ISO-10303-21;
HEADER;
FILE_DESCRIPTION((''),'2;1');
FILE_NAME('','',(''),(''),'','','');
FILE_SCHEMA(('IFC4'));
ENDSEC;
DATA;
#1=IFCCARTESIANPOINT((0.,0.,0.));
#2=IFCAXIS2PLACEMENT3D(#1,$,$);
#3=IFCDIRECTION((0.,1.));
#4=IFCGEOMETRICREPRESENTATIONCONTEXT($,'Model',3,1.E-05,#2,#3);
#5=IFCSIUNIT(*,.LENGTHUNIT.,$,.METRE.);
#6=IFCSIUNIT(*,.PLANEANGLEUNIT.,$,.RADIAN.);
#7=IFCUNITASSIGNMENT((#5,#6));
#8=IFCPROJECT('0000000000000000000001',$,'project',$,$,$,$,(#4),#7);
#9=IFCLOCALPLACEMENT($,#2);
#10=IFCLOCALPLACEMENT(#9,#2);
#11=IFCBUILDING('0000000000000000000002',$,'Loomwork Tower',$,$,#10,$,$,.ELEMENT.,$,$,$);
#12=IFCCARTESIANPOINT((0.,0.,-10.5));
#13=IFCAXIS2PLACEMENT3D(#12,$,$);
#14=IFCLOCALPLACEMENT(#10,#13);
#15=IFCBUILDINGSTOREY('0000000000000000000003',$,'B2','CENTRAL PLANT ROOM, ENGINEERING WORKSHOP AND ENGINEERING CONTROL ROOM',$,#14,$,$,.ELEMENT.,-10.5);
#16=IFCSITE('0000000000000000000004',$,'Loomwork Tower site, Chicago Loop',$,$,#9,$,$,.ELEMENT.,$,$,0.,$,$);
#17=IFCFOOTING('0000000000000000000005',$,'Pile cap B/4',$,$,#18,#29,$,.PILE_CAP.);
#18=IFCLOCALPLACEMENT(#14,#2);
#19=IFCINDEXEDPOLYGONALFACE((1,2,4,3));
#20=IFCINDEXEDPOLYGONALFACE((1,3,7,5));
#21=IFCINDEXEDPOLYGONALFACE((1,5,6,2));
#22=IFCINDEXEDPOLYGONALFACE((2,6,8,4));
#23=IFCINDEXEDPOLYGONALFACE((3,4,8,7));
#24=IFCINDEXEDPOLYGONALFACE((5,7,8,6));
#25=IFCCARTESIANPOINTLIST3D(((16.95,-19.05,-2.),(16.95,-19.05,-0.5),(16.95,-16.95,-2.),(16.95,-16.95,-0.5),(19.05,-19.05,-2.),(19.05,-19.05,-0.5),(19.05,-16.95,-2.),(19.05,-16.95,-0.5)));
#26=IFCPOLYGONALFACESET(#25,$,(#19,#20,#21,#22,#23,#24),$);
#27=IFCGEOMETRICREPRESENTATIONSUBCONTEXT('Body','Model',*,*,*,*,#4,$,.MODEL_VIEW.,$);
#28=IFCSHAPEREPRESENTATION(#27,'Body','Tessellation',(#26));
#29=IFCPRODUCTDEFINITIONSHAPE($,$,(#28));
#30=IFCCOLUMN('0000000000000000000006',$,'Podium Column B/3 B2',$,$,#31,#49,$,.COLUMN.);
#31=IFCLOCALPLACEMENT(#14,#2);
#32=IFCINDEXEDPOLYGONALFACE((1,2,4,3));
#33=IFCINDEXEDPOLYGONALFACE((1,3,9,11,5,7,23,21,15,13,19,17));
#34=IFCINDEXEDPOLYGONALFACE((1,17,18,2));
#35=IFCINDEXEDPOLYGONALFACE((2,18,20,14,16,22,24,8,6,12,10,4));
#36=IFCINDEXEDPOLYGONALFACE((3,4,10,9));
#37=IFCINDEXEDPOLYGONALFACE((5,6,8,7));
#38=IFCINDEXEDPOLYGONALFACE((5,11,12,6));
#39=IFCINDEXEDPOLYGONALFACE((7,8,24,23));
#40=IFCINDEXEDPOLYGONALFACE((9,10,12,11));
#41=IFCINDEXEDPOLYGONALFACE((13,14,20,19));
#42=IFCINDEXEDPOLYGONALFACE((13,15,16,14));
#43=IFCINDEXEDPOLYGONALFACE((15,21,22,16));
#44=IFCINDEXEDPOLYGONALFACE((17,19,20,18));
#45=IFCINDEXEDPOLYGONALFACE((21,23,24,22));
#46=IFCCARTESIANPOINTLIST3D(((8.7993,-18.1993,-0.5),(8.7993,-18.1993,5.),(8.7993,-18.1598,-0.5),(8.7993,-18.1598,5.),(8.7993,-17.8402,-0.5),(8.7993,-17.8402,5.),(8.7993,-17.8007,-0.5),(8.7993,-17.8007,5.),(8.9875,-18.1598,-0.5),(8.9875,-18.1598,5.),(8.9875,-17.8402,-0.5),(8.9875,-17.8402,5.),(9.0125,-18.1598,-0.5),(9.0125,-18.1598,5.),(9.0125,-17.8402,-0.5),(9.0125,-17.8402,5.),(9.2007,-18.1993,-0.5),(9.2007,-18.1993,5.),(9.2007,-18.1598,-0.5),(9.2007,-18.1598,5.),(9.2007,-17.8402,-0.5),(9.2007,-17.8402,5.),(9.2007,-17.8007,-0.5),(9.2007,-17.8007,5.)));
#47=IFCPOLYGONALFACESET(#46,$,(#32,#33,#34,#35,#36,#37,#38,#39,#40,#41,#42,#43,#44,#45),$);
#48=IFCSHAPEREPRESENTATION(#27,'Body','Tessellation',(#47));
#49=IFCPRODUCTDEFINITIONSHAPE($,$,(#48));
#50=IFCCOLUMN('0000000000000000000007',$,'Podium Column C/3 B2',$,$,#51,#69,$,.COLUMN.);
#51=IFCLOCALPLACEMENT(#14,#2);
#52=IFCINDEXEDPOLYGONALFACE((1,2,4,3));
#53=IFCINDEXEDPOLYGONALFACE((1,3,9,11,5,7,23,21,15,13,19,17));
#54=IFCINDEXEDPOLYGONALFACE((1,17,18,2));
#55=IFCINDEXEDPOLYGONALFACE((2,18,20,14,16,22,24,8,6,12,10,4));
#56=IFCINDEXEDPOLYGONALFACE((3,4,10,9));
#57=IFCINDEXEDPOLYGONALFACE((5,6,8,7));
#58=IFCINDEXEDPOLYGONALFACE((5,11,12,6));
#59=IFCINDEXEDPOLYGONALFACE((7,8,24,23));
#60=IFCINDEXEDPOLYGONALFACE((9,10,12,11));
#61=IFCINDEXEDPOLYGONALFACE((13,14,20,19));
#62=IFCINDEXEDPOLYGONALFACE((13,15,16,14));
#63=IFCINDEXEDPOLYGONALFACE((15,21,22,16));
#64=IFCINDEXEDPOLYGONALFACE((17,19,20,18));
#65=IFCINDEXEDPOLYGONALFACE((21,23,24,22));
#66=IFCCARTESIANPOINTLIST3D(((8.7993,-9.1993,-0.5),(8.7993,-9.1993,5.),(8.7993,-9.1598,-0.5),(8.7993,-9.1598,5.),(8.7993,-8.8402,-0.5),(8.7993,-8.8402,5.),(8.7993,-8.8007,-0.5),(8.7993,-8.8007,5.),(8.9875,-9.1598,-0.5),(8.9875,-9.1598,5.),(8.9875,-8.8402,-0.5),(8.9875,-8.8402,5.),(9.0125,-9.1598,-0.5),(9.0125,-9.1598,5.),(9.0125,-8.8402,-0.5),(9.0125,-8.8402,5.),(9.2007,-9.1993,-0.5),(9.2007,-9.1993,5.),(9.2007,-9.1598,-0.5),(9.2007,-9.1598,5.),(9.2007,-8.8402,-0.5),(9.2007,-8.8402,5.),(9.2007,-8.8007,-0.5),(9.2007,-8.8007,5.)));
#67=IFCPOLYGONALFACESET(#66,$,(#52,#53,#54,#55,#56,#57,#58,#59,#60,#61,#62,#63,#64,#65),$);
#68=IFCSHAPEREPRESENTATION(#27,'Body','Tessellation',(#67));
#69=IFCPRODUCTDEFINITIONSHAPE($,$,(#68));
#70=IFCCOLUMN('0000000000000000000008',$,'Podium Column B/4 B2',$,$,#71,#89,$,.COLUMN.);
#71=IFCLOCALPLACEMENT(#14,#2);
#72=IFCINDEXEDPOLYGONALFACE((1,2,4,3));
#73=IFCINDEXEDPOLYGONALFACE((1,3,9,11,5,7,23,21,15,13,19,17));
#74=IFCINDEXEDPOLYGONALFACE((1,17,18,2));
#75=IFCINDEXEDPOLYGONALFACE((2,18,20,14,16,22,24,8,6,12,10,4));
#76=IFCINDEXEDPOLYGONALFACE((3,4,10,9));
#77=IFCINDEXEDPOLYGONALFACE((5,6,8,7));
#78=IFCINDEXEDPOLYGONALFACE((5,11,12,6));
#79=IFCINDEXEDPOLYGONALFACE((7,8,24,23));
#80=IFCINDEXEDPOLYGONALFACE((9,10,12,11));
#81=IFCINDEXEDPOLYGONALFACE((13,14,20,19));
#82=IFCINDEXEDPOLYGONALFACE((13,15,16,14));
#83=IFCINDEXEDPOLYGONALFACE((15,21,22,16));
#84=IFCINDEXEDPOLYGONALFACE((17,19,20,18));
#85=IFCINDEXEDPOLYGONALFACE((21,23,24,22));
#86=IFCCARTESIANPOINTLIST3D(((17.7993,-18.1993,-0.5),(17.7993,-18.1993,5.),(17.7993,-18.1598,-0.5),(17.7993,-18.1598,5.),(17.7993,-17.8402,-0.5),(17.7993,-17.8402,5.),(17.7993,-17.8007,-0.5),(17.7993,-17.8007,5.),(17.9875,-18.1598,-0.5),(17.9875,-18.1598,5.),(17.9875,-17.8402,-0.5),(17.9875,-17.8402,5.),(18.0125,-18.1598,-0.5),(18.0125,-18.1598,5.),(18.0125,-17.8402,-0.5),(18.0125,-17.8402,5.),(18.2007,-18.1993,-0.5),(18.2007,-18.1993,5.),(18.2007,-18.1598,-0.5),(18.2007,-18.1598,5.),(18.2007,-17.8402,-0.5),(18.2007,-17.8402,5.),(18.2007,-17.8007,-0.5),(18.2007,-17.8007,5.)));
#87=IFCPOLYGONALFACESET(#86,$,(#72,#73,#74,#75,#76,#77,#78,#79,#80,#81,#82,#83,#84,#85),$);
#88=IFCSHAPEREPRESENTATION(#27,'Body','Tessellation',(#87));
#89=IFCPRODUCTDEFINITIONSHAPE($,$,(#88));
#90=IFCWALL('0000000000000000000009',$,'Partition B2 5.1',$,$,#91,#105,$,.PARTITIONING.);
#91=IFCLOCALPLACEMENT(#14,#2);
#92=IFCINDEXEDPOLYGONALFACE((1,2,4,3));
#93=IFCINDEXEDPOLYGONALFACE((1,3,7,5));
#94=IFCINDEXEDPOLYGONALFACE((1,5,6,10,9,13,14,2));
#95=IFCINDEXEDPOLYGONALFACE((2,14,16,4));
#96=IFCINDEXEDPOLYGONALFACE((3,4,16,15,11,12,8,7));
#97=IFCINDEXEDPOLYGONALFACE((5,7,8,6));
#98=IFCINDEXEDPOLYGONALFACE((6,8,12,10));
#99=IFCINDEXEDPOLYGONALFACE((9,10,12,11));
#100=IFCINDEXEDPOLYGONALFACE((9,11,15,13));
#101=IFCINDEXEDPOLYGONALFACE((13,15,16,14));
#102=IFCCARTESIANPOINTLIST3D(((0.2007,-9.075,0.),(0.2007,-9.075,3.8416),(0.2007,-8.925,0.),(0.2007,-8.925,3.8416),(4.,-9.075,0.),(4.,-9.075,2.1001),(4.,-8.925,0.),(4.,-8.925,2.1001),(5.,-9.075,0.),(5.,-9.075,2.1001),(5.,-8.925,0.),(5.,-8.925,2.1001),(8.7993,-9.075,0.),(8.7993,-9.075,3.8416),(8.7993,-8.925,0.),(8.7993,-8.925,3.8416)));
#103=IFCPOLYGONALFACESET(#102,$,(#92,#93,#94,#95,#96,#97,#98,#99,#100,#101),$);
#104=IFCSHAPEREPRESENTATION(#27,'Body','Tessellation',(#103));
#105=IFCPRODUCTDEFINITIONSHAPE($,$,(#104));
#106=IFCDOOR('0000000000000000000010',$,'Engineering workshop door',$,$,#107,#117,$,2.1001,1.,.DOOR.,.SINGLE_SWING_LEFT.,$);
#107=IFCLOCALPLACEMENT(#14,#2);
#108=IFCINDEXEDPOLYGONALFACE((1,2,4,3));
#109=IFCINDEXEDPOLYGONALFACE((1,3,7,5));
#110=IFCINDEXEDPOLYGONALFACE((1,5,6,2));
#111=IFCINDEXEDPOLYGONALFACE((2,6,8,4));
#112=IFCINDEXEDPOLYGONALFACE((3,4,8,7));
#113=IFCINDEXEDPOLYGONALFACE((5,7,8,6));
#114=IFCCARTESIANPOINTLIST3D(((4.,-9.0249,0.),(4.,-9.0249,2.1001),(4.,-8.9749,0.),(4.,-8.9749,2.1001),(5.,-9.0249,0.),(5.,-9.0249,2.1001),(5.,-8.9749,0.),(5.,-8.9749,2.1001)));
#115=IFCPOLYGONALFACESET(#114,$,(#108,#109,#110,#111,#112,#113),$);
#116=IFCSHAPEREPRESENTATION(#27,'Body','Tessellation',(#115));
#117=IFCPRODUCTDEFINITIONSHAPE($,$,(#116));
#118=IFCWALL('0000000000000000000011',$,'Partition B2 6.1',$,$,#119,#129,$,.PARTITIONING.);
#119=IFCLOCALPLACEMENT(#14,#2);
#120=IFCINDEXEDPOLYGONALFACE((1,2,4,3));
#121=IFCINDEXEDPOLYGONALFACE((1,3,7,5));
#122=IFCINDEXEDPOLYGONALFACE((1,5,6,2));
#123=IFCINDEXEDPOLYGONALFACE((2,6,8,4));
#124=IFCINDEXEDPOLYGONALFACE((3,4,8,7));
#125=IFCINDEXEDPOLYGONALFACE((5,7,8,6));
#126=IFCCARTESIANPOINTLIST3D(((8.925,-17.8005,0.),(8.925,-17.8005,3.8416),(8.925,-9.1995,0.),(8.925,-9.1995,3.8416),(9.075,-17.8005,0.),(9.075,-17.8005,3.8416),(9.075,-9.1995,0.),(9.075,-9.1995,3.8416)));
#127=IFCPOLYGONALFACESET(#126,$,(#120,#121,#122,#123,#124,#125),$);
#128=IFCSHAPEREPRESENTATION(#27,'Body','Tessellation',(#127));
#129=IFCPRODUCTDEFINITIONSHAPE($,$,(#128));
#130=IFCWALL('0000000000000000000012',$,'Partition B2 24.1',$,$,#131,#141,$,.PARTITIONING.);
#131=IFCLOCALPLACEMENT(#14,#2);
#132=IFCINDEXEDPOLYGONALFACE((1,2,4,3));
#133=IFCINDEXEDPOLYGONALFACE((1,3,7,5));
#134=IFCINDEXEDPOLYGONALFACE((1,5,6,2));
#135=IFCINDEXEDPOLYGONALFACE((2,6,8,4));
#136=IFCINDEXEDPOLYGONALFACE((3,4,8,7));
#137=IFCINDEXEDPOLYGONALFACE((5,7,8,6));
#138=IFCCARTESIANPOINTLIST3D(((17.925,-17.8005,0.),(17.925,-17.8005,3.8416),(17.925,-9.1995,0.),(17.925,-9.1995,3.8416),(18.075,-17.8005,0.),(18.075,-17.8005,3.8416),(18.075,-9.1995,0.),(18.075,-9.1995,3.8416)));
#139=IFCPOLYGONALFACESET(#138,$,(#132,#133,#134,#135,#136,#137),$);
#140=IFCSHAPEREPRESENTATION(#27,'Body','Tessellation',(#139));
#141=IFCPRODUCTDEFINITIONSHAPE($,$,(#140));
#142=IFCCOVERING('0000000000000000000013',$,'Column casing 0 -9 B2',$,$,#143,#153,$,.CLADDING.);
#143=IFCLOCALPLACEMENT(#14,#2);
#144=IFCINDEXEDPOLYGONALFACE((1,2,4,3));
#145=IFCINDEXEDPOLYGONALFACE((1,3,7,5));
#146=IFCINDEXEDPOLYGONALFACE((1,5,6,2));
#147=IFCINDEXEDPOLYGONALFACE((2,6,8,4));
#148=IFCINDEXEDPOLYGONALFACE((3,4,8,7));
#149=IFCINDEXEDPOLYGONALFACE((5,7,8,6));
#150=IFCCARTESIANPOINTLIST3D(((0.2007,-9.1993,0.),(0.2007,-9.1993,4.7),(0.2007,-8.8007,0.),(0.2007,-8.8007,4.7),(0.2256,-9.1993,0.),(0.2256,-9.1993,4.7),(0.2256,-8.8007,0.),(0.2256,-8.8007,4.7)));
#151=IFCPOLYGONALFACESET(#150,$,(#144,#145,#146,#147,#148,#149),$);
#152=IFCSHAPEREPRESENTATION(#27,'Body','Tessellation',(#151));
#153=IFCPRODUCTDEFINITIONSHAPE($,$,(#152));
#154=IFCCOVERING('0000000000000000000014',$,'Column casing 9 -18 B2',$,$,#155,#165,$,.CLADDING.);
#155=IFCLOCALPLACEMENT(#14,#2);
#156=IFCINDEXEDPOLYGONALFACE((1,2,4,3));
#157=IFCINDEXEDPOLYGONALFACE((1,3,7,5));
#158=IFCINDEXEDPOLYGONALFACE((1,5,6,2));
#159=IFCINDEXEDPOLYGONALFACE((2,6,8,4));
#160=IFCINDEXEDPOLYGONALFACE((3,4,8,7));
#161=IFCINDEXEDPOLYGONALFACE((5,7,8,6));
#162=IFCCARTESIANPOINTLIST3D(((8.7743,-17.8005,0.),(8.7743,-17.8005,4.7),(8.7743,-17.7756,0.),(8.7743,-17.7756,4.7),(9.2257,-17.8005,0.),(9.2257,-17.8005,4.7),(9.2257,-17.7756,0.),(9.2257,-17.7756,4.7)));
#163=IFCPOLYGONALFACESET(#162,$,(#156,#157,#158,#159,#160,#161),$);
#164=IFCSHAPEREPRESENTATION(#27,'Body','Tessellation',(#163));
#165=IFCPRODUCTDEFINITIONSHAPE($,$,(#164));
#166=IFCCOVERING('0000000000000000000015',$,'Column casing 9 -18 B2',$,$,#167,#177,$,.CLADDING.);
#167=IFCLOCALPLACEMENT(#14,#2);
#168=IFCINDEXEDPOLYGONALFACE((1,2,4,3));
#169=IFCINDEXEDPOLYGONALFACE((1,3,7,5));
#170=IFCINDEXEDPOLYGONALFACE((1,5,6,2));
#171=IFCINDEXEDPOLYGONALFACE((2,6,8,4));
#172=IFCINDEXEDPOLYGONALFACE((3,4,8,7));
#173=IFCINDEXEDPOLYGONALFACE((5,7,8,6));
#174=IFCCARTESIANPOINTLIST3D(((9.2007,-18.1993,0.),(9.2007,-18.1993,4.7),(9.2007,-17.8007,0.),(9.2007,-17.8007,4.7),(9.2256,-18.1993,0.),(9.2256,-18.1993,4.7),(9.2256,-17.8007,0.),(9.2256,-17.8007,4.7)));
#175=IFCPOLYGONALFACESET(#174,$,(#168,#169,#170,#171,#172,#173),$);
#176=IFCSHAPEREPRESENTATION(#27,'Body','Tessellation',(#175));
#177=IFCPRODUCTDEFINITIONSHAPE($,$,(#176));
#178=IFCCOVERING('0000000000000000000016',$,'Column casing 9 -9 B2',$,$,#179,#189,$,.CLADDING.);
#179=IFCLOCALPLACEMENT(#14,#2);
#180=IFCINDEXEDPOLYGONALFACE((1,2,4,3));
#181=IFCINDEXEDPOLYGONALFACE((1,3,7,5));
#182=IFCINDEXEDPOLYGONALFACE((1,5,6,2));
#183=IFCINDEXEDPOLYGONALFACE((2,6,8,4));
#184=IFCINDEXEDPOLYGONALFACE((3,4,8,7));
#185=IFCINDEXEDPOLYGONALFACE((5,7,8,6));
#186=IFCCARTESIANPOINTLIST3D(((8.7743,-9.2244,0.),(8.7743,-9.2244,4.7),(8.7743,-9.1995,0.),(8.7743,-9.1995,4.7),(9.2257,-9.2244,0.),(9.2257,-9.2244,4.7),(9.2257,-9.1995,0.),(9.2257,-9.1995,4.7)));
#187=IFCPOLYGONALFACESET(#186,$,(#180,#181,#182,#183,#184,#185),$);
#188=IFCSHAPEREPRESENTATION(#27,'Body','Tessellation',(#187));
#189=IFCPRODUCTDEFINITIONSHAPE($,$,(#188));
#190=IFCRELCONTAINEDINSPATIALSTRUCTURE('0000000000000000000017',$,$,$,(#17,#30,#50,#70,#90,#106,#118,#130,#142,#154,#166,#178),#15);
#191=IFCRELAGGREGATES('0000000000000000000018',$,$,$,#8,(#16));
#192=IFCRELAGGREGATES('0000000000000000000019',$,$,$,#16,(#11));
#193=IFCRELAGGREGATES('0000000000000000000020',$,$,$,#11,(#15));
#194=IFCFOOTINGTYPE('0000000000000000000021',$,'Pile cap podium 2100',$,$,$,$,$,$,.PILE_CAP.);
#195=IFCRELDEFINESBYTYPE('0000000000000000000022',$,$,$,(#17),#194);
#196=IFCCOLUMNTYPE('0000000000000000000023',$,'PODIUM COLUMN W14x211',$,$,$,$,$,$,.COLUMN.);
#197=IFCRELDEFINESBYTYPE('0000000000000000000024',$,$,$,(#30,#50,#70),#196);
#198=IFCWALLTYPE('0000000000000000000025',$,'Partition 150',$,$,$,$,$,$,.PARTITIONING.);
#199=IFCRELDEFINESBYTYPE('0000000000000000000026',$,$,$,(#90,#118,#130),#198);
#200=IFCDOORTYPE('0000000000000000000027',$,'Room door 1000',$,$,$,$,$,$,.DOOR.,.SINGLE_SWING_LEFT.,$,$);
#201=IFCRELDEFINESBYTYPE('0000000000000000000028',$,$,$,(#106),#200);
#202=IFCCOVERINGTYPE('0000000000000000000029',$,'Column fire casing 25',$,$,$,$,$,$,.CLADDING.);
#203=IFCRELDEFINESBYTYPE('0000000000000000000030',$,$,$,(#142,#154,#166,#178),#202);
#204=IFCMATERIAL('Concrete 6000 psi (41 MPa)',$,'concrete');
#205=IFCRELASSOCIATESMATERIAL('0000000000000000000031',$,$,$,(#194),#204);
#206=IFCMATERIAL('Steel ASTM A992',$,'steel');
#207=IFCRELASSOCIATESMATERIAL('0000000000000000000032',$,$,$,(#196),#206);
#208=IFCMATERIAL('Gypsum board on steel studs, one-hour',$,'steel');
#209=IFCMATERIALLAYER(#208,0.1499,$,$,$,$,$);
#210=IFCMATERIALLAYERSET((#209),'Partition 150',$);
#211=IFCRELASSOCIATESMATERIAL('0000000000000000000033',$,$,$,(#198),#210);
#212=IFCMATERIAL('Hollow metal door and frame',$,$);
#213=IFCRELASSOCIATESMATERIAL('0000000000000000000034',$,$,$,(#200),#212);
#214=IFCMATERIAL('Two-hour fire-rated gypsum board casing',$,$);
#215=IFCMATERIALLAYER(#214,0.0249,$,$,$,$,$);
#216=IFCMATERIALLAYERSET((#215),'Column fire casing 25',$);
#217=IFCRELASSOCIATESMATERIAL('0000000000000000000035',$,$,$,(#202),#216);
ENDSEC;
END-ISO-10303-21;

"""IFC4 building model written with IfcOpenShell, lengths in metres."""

from ifc_helpers import new_model, si_unit, direction, frame, frame_2d, origin, origin_2d, place, context, subcontext, project, spatial, rectangle, i_section, extrude, material, layer, layer_set, material_profile, profile_set, type_object, element, fill, save


model = new_model("IFC4")

# Units and contexts
model_context = context("Model", 3, precision=1e-05, world=origin(), true_north=direction((0.0, 1.0)))
body_context = subcontext(model_context, "Body", "Model", "MODEL_VIEW")
ifc_project = project(units=[si_unit("LENGTHUNIT", "METRE"), si_unit("PLANEANGLEUNIT", "RADIAN")], contexts=[model_context])

# Site, building, storey
site_placement = place(None, origin())
site = spatial("IfcSite", under=ifc_project, at=site_placement, Name="Loomwork Tower site, Chicago Loop", CompositionType="ELEMENT", RefElevation=0.0)
building_placement = place(site_placement, origin())
building = spatial("IfcBuilding", under=site, at=building_placement, Name="Loomwork Tower", CompositionType="ELEMENT")
storey_placement = place(building_placement, frame((0.0, 0.0, -10.5)))
storey = spatial("IfcBuildingStorey", under=building, at=storey_placement, Name="B2", Description="CENTRAL PLANT ROOM, ENGINEERING WORKSHOP AND ENGINEERING CONTROL ROOM", CompositionType="ELEMENT", Elevation=-10.5)

# Footing
ifc_material_1 = material(Name="Concrete 6000 psi (41 MPa)", Category="concrete")
footing_type = type_object("IfcFootingType", Name="Pile cap podium 2100", PredefinedType="PILE_CAP", material=ifc_material_1)
for number, where, z_axis, x_axis, name in (
    (1, (18.0, -18.0, -2.0), (0.0, 0.0, 1.0), (1.0, 0.0, 0.0), "Pile cap B/4"),
):
    element("IfcFooting", number, at=place(storey_placement, frame(where, z_axis=z_axis, x_axis=x_axis)), inside=storey, type_object=footing_type, Name=name, PredefinedType="PILE_CAP", context=body_context, shape_type="SweptSolid", body=[
        extrude(rectangle(XDim=2.1001, YDim=2.1001, at=origin_2d()), origin(), (0.0, 0.0, 1.0), 1.5),
    ])

# Columns
ifc_material_2 = material(Name="Steel ASTM A992", Category="steel")
ifc_material_profile_1 = material_profile(ifc_material_2, i_section(OverallWidth=0.4014, OverallDepth=0.3987, WebThickness=0.0249, FlangeThickness=0.0396, at=origin_2d()), Name="W14x211")
ifc_profile_set_1 = profile_set([ifc_material_profile_1], Name="Steel ASTM A992")
column_type = type_object("IfcColumnType", Name="PODIUM COLUMN W14x211", PredefinedType="COLUMN", material=ifc_profile_set_1)
for number, where, z_axis, x_axis, name in (
    (2, (9.0, -18.0, -0.5), (0.0, 0.0, 1.0), (1.0, 0.0, 0.0), "Podium Column B/3 B2"),
    (3, (9.0, -9.0, -0.5), (0.0, 0.0, 1.0), (1.0, 0.0, 0.0), "Podium Column C/3 B2"),
    (4, (18.0, -18.0, -0.5), (0.0, 0.0, 1.0), (1.0, 0.0, 0.0), "Podium Column B/4 B2"),
):
    element("IfcColumn", number, at=place(storey_placement, frame(where, z_axis=z_axis, x_axis=x_axis)), inside=storey, type_object=column_type, Name=name, PredefinedType="COLUMN", context=body_context, shape_type="SweptSolid", body=[
        extrude(i_section(OverallWidth=0.4014, OverallDepth=0.3987, WebThickness=0.0249, FlangeThickness=0.0396, at=origin_2d()), origin(), (0.0, 0.0, 1.0), 5.5),
    ])

# Wall, opening, door
ifc_material_3 = material(Name="Gypsum board on steel studs, one-hour", Category="steel")
ifc_layer_1 = layer(ifc_material_3, 0.1499)
ifc_layer_set_1 = layer_set([ifc_layer_1], Name="Partition 150")
wall_type = type_object("IfcWallType", Name="Partition 150", PredefinedType="PARTITIONING", material=ifc_layer_set_1)
wall_placement = place(storey_placement, frame((0.2007, -9.0, 0.0), z_axis=(0.0, 0.0, 1.0), x_axis=(1.0, 0.0, 0.0)))
wall = element("IfcWall", 5, at=wall_placement, inside=storey, type_object=wall_type, Name="Partition B2 5.1", PredefinedType="PARTITIONING", context=body_context, shape_type="SweptSolid", body=[
    extrude(rectangle(XDim=8.5986, YDim=0.1499, at=frame_2d((4.2993, 0.0))), origin(), (0.0, 0.0, 1.0), 3.8416),
])
opening_placement = place(wall_placement, frame((3.7993, 0.0, 0.0)))
opening = element("IfcOpeningElement", 6, at=opening_placement, cuts=wall, PredefinedType="OPENING", context=body_context, shape_type="SweptSolid", body=[
    extrude(rectangle(XDim=1.0, YDim=2.1001, at=frame_2d((0.5, 1.05))), frame((0.0, 0.085, 0.0), z_axis=(0.0, -1.0, 0.0), x_axis=(1.0, 0.0, 0.0)), (0.0, 0.0, 1.0), 0.1699),
])
ifc_material_4 = material(Name="Hollow metal door and frame")
door_type = type_object("IfcDoorType", Name="Room door 1000", OperationType="SINGLE_SWING_LEFT", PredefinedType="DOOR", material=ifc_material_4)
door_placement = place(opening_placement, frame((1.0, 0.0, 0.0), z_axis=(0.0, 0.0, 1.0), x_axis=(-1.0, 0.0, 0.0)))
door = element("IfcDoor", 7, at=door_placement, inside=storey, type_object=door_type, Name="Engineering workshop door", OperationType="SINGLE_SWING_LEFT", OverallHeight=2.1001, OverallWidth=1.0, PredefinedType="DOOR", context=body_context, shape_type="SweptSolid", body=[
    extrude(rectangle(XDim=1.0, YDim=2.1001, at=frame_2d((0.5, 1.05))), frame((0.0, 0.0249, 0.0), z_axis=(0.0, -1.0, 0.0), x_axis=(1.0, 0.0, 0.0)), (0.0, 0.0, 1.0), 0.05),
])
fill(opening, door)

# Walls
for number, where, z_axis, x_axis, name in (
    (8, (9.0, -9.1995, 0.0), (0.0, 0.0, 1.0), (0.0, -1.0, 0.0), "Partition B2 6.1"),
    (9, (18.0, -9.1995, 0.0), (0.0, 0.0, 1.0), (0.0, -1.0, 0.0), "Partition B2 24.1"),
):
    element("IfcWall", number, at=place(storey_placement, frame(where, z_axis=z_axis, x_axis=x_axis)), inside=storey, type_object=wall_type, Name=name, PredefinedType="PARTITIONING", context=body_context, shape_type="SweptSolid", body=[
        extrude(rectangle(XDim=8.6011, YDim=0.1499, at=frame_2d((4.3005, 0.0))), origin(), (0.0, 0.0, 1.0), 3.8416),
    ])

# Coverings
ifc_material_5 = material(Name="Two-hour fire-rated gypsum board casing")
ifc_layer_2 = layer(ifc_material_5, 0.0249)
ifc_layer_set_2 = layer_set([ifc_layer_2], Name="Column fire casing 25")
covering_type = type_object("IfcCoveringType", Name="Column fire casing 25", PredefinedType="CLADDING", material=ifc_layer_set_2)
covering_1_placement = place(storey_placement, frame((0.2131, -9.0, 0.0), z_axis=(0.0, 0.0, 1.0), x_axis=(1.0, 0.0, 0.0)))
element("IfcCovering", 10, at=covering_1_placement, inside=storey, type_object=covering_type, Name="Column casing 0 -9 B2", PredefinedType="CLADDING", context=body_context, shape_type="SweptSolid", body=[
    extrude(rectangle(XDim=0.0249, YDim=0.3987, at=origin_2d()), origin(), (0.0, 0.0, 1.0), 4.7),
])
covering_2_placement = place(storey_placement, frame((9.0, -17.7881, 0.0), z_axis=(0.0, 0.0, 1.0), x_axis=(1.0, 0.0, 0.0)))
element("IfcCovering", 11, at=covering_2_placement, inside=storey, type_object=covering_type, Name="Column casing 9 -18 B2", PredefinedType="CLADDING", context=body_context, shape_type="SweptSolid", body=[
    extrude(rectangle(XDim=0.4514, YDim=0.0249, at=origin_2d()), origin(), (0.0, 0.0, 1.0), 4.7),
])
covering_3_placement = place(storey_placement, frame((9.2131, -18.0, 0.0), z_axis=(0.0, 0.0, 1.0), x_axis=(1.0, 0.0, 0.0)))
element("IfcCovering", 12, at=covering_3_placement, inside=storey, type_object=covering_type, Name="Column casing 9 -18 B2", PredefinedType="CLADDING", context=body_context, shape_type="SweptSolid", body=[
    extrude(rectangle(XDim=0.0249, YDim=0.3987, at=origin_2d()), origin(), (0.0, 0.0, 1.0), 4.7),
])
covering_4_placement = place(storey_placement, frame((9.0, -9.2119, 0.0), z_axis=(0.0, 0.0, 1.0), x_axis=(1.0, 0.0, 0.0)))
element("IfcCovering", 13, at=covering_4_placement, inside=storey, type_object=covering_type, Name="Column casing 9 -9 B2", PredefinedType="CLADDING", context=body_context, shape_type="SweptSolid", body=[
    extrude(rectangle(XDim=0.4514, YDim=0.0249, at=origin_2d()), origin(), (0.0, 0.0, 1.0), 4.7),
])

save(model, "model.ifc")
